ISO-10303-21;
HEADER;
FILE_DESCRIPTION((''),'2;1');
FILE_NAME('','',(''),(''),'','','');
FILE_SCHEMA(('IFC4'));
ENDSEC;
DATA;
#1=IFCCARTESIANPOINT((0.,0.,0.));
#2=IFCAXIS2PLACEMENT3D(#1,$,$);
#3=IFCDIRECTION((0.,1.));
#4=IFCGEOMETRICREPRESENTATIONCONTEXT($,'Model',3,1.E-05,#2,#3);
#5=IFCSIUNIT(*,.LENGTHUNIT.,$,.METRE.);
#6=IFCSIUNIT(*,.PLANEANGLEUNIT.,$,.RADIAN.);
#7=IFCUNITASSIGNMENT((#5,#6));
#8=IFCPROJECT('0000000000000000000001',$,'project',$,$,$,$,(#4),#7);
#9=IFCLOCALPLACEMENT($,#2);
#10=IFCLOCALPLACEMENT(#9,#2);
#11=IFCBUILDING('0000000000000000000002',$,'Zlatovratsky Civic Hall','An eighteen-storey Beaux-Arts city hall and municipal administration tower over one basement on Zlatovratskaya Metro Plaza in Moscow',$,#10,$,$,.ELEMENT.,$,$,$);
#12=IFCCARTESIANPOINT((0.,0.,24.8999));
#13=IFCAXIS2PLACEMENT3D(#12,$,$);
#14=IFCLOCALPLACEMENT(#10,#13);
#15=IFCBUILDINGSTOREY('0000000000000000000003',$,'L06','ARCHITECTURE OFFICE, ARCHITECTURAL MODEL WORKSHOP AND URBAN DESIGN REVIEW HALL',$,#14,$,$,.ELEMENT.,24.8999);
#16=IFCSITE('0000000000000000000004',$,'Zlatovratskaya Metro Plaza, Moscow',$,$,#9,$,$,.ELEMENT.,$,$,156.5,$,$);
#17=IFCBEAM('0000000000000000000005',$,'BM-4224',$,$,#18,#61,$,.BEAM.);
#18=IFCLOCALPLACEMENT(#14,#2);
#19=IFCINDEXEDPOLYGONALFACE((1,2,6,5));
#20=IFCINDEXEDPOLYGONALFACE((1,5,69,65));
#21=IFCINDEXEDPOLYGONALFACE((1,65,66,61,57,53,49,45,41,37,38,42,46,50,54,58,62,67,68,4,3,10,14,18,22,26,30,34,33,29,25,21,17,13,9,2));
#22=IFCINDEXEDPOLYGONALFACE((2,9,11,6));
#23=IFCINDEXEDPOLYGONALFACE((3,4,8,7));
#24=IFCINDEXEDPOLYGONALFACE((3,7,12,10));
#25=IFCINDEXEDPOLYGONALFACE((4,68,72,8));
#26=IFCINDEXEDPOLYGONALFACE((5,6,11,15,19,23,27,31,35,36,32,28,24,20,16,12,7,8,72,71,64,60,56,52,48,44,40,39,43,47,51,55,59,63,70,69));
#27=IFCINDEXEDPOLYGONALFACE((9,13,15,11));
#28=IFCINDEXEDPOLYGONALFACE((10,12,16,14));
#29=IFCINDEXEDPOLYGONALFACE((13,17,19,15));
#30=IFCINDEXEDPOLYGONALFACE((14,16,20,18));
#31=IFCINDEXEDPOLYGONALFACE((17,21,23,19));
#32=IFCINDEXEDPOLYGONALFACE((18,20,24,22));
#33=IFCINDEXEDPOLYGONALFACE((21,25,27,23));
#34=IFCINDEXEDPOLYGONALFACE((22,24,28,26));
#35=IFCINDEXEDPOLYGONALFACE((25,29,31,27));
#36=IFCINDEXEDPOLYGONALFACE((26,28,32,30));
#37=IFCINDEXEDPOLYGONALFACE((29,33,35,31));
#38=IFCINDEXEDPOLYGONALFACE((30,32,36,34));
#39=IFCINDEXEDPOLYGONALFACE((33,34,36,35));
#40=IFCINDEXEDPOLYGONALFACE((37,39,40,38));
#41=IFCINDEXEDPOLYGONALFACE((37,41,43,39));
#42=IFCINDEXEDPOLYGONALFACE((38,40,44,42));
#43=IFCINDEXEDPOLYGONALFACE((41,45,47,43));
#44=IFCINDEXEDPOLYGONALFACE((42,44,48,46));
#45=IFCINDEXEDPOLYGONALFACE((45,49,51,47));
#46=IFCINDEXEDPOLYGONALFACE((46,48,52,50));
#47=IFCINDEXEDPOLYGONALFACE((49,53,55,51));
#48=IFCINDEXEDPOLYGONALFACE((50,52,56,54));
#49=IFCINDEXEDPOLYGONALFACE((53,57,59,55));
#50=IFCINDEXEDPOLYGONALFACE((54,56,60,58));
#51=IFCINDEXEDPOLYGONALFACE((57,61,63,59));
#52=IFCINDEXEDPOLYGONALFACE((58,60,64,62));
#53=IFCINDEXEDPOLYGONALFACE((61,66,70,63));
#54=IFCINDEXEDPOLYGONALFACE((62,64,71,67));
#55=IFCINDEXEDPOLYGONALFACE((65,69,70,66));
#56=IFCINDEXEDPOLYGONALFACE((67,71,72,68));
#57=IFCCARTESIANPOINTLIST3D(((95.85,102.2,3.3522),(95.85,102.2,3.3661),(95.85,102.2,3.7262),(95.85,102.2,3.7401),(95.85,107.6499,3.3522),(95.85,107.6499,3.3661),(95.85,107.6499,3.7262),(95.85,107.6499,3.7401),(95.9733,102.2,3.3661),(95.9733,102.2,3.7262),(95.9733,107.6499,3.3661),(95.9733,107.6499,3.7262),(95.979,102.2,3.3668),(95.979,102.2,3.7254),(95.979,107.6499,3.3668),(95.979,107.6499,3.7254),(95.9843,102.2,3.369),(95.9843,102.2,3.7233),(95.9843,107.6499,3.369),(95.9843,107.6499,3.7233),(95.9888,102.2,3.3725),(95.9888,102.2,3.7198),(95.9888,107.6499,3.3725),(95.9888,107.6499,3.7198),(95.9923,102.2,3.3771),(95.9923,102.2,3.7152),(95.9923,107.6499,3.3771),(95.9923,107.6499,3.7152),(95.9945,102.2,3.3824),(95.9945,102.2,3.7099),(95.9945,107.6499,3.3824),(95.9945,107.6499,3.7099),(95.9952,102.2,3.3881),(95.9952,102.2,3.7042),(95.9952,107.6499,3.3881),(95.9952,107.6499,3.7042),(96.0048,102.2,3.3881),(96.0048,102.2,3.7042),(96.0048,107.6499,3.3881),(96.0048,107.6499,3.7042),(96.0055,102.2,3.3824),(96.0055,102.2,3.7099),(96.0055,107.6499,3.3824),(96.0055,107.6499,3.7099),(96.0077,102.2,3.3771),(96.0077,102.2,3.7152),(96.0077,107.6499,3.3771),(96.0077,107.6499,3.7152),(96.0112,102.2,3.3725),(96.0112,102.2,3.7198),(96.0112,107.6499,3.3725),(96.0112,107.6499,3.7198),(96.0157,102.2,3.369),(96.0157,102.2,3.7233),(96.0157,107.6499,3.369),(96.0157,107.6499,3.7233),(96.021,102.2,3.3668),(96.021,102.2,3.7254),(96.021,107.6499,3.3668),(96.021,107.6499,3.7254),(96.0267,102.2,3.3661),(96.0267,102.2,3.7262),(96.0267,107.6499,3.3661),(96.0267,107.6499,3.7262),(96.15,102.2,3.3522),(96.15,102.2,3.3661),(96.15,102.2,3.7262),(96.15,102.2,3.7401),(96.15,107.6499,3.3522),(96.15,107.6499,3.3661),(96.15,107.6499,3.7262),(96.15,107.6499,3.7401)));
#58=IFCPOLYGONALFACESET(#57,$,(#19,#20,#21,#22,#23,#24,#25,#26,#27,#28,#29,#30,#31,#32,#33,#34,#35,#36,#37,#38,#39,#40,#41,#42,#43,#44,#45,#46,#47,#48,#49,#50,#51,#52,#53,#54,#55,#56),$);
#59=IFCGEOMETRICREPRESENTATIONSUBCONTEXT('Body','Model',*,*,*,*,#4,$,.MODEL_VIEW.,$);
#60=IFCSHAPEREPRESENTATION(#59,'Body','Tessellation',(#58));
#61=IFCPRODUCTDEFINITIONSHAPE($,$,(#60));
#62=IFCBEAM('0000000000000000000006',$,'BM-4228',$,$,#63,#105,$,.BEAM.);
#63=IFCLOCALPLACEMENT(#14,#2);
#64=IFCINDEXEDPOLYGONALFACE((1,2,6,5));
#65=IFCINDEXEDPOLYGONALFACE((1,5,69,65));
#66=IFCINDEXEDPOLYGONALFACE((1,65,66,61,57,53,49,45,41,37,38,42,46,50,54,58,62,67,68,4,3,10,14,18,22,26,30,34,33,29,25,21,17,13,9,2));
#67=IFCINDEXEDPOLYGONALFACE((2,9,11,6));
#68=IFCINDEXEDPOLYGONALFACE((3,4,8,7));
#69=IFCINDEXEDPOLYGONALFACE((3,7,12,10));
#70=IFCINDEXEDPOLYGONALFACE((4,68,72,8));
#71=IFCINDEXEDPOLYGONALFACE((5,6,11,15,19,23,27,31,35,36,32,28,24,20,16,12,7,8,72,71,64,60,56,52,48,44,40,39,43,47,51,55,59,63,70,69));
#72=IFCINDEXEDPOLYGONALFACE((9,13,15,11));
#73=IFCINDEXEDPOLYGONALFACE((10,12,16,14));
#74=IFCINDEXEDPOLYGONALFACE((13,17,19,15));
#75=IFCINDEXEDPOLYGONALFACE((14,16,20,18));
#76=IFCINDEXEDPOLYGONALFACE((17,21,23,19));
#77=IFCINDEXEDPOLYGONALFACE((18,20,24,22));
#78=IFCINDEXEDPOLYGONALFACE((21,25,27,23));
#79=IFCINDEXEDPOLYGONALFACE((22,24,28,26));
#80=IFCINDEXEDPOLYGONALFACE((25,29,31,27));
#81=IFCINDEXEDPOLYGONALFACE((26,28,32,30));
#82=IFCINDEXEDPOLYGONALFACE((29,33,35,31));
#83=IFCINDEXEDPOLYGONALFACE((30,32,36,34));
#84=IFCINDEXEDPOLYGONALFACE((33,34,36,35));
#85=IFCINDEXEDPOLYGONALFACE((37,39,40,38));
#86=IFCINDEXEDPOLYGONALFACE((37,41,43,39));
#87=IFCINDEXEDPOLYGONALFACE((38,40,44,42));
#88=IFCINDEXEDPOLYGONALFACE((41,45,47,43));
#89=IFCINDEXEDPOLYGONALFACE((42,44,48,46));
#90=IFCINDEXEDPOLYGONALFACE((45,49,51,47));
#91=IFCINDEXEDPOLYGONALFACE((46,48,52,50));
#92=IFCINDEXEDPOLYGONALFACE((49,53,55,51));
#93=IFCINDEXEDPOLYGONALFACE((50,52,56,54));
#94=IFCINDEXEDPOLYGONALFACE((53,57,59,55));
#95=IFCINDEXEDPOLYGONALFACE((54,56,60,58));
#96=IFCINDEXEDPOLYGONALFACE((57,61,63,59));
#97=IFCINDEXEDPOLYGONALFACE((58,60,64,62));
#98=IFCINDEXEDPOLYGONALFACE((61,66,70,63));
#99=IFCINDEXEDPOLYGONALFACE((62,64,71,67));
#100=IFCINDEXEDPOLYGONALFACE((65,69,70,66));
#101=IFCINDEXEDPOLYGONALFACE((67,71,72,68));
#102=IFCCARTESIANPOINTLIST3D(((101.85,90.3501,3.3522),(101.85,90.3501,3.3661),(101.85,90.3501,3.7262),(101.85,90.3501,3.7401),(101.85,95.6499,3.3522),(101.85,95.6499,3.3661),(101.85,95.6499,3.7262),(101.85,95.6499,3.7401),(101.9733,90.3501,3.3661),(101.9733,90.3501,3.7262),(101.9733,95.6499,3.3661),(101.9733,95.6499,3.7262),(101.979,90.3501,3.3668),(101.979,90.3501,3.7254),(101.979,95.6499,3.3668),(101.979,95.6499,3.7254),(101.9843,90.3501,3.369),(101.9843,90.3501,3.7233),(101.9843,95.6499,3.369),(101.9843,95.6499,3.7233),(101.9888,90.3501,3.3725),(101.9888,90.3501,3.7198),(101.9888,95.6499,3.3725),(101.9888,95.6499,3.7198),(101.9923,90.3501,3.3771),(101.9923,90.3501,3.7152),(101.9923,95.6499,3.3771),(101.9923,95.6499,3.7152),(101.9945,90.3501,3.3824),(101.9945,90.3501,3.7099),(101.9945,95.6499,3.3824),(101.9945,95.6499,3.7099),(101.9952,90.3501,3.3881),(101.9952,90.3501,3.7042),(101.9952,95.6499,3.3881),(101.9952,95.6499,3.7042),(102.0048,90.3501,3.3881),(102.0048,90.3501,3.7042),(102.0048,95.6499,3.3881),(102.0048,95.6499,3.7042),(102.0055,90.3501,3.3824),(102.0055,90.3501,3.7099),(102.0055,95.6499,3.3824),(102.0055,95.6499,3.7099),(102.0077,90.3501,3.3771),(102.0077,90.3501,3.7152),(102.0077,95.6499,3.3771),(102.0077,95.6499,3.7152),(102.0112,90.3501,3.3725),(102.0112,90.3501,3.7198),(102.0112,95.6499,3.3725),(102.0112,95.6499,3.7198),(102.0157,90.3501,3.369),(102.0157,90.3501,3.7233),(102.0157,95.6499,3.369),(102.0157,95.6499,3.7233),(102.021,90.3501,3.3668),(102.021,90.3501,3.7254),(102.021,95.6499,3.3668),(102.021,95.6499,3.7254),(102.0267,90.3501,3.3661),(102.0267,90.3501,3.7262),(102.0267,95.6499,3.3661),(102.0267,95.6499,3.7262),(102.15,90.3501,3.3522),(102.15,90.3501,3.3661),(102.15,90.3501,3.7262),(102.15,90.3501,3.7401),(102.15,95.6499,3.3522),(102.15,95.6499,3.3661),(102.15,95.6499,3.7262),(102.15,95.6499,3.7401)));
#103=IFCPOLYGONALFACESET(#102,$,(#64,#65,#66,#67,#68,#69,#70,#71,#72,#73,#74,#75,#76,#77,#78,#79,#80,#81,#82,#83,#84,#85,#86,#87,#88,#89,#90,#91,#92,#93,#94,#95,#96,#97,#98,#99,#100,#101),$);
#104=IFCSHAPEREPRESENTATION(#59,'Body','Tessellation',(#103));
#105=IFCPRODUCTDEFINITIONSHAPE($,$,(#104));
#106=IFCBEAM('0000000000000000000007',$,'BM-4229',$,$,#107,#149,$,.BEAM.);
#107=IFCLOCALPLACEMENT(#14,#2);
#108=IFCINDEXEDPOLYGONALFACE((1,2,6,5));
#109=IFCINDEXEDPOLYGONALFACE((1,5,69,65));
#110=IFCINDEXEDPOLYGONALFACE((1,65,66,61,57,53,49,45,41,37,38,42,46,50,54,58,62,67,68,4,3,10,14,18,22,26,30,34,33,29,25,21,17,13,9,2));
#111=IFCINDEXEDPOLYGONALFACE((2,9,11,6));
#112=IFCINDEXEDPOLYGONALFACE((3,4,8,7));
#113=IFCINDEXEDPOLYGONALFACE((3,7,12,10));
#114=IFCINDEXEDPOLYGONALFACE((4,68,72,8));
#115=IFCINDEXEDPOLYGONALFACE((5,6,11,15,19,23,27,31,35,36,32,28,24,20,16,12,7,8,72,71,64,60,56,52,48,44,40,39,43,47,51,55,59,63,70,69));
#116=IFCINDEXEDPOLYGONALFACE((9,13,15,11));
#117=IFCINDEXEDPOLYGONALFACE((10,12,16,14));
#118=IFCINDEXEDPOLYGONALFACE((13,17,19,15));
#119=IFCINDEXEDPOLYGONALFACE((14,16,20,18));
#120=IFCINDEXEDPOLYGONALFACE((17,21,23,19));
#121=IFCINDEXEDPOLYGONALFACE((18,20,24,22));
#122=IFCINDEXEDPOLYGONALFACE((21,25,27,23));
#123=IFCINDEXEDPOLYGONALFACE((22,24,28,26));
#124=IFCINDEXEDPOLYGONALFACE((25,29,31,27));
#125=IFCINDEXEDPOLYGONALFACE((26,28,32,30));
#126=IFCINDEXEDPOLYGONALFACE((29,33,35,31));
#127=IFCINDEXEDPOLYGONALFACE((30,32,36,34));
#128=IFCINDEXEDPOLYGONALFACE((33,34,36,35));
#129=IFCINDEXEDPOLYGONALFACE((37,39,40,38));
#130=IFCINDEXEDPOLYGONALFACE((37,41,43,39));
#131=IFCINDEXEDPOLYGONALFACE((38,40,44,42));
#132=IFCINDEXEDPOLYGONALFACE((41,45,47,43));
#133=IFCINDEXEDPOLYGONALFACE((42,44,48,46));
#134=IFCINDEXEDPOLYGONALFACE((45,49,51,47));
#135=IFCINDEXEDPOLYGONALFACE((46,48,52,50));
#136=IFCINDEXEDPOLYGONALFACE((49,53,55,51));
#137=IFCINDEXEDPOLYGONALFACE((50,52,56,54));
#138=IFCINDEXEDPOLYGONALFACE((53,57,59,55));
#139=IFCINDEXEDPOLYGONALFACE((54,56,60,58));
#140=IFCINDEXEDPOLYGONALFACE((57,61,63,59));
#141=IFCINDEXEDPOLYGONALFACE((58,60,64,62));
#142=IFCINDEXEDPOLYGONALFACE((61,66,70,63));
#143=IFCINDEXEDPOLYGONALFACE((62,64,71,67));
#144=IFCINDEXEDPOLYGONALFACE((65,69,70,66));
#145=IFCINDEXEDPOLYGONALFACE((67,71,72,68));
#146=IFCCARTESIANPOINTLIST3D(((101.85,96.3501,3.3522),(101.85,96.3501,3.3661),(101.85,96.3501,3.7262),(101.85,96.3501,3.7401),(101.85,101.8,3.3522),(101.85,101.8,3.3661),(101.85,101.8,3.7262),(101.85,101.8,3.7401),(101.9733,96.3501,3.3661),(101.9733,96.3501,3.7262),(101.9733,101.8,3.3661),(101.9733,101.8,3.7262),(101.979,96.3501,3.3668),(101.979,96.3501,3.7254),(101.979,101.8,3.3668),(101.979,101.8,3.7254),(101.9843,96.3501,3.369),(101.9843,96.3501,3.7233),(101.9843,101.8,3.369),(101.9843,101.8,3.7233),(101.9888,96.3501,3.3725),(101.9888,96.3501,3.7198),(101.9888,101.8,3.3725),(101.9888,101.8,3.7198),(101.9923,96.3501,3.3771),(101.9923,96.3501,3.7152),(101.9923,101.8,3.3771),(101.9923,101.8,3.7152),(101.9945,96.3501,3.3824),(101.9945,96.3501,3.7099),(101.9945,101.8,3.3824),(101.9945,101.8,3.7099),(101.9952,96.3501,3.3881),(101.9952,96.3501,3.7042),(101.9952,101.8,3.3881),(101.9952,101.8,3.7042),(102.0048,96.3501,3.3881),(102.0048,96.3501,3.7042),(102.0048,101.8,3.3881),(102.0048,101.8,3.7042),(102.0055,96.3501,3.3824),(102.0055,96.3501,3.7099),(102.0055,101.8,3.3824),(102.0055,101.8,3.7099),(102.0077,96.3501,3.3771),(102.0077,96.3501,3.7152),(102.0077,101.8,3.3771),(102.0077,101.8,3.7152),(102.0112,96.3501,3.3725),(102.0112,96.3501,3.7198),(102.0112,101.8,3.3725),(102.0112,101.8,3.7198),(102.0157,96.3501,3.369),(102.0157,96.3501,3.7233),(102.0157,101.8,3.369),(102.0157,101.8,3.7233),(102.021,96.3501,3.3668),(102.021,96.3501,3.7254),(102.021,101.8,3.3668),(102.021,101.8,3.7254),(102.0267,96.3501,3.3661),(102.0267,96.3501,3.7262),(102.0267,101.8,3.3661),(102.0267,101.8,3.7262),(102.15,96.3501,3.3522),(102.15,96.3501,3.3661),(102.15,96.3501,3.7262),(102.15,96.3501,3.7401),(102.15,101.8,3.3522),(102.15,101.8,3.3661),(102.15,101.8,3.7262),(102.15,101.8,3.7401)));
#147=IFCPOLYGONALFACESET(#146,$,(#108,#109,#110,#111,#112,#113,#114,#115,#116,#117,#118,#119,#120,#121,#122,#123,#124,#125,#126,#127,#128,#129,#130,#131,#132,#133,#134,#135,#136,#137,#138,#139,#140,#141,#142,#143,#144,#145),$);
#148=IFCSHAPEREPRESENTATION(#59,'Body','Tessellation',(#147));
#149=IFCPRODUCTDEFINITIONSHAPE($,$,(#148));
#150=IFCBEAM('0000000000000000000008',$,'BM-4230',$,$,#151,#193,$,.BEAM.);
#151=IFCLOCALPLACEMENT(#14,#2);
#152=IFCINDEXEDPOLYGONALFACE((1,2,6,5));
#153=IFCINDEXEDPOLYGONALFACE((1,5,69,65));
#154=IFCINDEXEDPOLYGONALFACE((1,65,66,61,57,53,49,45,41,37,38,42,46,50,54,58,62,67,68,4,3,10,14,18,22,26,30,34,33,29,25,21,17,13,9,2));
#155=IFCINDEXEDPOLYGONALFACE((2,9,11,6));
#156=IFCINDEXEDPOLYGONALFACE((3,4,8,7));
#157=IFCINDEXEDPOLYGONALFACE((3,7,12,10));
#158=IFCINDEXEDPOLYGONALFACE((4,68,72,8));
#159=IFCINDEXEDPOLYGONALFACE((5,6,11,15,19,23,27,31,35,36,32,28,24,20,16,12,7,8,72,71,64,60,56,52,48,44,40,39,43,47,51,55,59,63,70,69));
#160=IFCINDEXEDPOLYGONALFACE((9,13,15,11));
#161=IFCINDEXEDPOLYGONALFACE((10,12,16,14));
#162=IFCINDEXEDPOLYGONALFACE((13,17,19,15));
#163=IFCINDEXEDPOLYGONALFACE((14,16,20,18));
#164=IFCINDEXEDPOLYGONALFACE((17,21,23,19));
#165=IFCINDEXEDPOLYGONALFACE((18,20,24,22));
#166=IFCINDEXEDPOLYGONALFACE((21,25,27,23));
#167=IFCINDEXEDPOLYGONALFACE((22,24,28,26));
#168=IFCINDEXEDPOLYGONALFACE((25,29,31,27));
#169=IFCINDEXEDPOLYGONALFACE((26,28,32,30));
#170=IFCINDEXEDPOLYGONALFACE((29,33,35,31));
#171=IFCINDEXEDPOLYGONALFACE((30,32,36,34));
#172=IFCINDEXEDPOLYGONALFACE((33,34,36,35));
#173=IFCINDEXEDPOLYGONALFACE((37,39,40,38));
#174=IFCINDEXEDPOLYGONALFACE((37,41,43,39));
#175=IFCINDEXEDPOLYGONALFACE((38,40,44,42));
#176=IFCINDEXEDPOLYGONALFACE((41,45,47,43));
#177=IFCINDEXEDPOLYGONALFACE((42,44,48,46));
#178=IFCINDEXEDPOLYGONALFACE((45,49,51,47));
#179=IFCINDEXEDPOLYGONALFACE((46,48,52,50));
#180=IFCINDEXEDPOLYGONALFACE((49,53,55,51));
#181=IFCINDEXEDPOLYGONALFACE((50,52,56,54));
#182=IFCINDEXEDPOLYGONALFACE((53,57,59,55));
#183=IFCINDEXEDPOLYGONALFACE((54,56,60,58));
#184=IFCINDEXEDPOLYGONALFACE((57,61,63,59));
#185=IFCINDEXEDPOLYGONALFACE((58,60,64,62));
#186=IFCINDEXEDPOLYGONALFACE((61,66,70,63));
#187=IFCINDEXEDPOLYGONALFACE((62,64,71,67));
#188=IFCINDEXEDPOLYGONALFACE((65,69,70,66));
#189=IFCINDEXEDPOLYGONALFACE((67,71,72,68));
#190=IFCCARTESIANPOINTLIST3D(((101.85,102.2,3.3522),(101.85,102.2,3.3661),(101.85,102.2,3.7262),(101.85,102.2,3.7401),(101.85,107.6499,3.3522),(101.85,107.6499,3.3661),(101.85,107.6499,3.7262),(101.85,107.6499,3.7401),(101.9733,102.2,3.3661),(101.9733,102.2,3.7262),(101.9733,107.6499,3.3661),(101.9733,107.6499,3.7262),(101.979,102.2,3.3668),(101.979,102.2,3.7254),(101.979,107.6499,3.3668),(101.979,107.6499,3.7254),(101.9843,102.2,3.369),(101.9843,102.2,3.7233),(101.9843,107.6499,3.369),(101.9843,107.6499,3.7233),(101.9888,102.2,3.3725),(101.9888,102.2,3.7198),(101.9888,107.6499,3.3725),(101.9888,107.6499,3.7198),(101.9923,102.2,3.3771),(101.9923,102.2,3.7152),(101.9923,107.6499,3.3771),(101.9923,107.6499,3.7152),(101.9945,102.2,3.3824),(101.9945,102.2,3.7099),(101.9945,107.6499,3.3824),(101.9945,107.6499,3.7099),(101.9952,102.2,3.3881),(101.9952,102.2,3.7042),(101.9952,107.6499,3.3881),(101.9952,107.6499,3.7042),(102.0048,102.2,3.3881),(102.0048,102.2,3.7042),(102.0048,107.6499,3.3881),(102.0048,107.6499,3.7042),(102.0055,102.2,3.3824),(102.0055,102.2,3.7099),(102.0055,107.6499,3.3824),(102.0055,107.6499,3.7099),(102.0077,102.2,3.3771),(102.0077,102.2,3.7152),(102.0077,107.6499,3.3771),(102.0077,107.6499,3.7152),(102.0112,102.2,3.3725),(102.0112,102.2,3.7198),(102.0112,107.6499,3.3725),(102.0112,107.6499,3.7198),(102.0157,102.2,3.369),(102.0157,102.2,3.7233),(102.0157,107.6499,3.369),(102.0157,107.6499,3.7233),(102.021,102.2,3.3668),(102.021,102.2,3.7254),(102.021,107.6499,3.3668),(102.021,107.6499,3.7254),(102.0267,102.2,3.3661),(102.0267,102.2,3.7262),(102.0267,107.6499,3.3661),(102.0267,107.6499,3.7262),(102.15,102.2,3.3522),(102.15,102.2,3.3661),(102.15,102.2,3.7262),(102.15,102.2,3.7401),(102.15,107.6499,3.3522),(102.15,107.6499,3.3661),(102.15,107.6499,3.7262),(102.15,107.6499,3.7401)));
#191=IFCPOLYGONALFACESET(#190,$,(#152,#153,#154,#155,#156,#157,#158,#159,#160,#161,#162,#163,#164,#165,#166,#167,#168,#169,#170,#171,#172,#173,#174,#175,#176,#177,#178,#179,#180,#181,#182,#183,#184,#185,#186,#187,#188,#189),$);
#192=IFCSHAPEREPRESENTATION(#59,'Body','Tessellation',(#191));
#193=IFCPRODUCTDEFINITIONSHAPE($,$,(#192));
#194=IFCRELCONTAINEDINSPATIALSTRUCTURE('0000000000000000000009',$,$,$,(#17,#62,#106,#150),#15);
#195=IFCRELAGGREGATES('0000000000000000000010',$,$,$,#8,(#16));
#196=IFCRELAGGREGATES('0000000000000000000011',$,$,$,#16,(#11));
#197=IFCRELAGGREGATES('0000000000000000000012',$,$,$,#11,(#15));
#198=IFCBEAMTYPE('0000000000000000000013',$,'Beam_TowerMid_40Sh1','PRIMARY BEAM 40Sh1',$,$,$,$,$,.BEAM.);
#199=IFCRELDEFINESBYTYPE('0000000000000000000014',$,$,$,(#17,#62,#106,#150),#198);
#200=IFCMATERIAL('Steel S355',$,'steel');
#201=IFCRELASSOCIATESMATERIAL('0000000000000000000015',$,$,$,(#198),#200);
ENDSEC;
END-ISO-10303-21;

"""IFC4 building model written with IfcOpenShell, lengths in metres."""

from ifc_helpers import new_model, si_unit, direction, frame, origin, origin_2d, place, context, subcontext, project, spatial, i_section, extrude, material, material_profile, profile_set, type_object, element, save


model = new_model("IFC4")

# Units and contexts
model_context = context("Model", 3, precision=1e-05, world=origin(), true_north=direction((0.0, 1.0)))
body_context = subcontext(model_context, "Body", "Model", "MODEL_VIEW")
ifc_project = project(units=[si_unit("LENGTHUNIT", "METRE"), si_unit("PLANEANGLEUNIT", "RADIAN")], contexts=[model_context])

# Site, building, storey
site_placement = place(None, origin())
site = spatial("IfcSite", under=ifc_project, at=site_placement, Name="Zlatovratskaya Metro Plaza, Moscow", CompositionType="ELEMENT", RefElevation=156.5)
building_placement = place(site_placement, origin())
building = spatial("IfcBuilding", under=site, at=building_placement, Name="Zlatovratsky Civic Hall", Description="An eighteen-storey Beaux-Arts city hall and municipal administration tower over one basement on Zlatovratskaya Metro Plaza in Moscow", CompositionType="ELEMENT")
storey_placement = place(building_placement, frame((0.0, 0.0, 24.8999)))
storey = spatial("IfcBuildingStorey", under=building, at=storey_placement, Name="L06", Description="ARCHITECTURE OFFICE, ARCHITECTURAL MODEL WORKSHOP AND URBAN DESIGN REVIEW HALL", CompositionType="ELEMENT", Elevation=24.8999)

# Shared definitions
ifc_material_1 = material(Name="Steel S355", Category="steel")

# Beams
ifc_material_profile_1 = material_profile(ifc_material_1, i_section(OverallWidth=0.3, OverallDepth=0.3879, WebThickness=0.0095, FlangeThickness=0.0139, FilletRadius=0.022, at=origin_2d()), Name="40Sh1")
ifc_profile_set_1 = profile_set([ifc_material_profile_1], Name="Steel S355")
beam_type_1 = type_object("IfcBeamType", Name="Beam_TowerMid_40Sh1", Description="PRIMARY BEAM 40Sh1", PredefinedType="BEAM", material=ifc_profile_set_1)
for number, where, z_axis, x_axis, name in (
    (1, (96.0, 102.2, 3.5461), (0.0, 1.0, 0.0), (-1.0, 0.0, 0.0), "BM-4224"),
):
    element("IfcBeam", number, at=place(storey_placement, frame(where, z_axis=z_axis, x_axis=x_axis)), inside=storey, type_object=beam_type_1, Name=name, PredefinedType="BEAM", context=body_context, shape_type="SweptSolid", body=[
        extrude(i_section(OverallWidth=0.3, OverallDepth=0.3879, WebThickness=0.0095, FlangeThickness=0.0139, FilletRadius=0.022, at=origin_2d()), origin(), (0.0, 0.0, 1.0), 5.45),
    ])
beam_1_placement = place(storey_placement, frame((102.0, 90.3501, 3.5461), z_axis=(0.0, 1.0, 0.0), x_axis=(-1.0, 0.0, 0.0)))
element("IfcBeam", 2, at=beam_1_placement, inside=storey, type_object=beam_type_1, Name="BM-4228", PredefinedType="BEAM", context=body_context, shape_type="SweptSolid", body=[
    extrude(i_section(OverallWidth=0.3, OverallDepth=0.3879, WebThickness=0.0095, FlangeThickness=0.0139, FilletRadius=0.022, at=origin_2d()), origin(), (0.0, 0.0, 1.0), 5.2998),
])
for number, where, z_axis, x_axis, name in (
    (3, (102.0, 96.3501, 3.5461), (0.0, 1.0, 0.0), (-1.0, 0.0, 0.0), "BM-4229"),
    (4, (102.0, 102.2, 3.5461), (0.0, 1.0, 0.0), (-1.0, 0.0, 0.0), "BM-4230"),
):
    element("IfcBeam", number, at=place(storey_placement, frame(where, z_axis=z_axis, x_axis=x_axis)), inside=storey, type_object=beam_type_1, Name=name, PredefinedType="BEAM", context=body_context, shape_type="SweptSolid", body=[
        extrude(i_section(OverallWidth=0.3, OverallDepth=0.3879, WebThickness=0.0095, FlangeThickness=0.0139, FilletRadius=0.022, at=origin_2d()), origin(), (0.0, 0.0, 1.0), 5.45),
    ])

save(model, "model.ifc")
